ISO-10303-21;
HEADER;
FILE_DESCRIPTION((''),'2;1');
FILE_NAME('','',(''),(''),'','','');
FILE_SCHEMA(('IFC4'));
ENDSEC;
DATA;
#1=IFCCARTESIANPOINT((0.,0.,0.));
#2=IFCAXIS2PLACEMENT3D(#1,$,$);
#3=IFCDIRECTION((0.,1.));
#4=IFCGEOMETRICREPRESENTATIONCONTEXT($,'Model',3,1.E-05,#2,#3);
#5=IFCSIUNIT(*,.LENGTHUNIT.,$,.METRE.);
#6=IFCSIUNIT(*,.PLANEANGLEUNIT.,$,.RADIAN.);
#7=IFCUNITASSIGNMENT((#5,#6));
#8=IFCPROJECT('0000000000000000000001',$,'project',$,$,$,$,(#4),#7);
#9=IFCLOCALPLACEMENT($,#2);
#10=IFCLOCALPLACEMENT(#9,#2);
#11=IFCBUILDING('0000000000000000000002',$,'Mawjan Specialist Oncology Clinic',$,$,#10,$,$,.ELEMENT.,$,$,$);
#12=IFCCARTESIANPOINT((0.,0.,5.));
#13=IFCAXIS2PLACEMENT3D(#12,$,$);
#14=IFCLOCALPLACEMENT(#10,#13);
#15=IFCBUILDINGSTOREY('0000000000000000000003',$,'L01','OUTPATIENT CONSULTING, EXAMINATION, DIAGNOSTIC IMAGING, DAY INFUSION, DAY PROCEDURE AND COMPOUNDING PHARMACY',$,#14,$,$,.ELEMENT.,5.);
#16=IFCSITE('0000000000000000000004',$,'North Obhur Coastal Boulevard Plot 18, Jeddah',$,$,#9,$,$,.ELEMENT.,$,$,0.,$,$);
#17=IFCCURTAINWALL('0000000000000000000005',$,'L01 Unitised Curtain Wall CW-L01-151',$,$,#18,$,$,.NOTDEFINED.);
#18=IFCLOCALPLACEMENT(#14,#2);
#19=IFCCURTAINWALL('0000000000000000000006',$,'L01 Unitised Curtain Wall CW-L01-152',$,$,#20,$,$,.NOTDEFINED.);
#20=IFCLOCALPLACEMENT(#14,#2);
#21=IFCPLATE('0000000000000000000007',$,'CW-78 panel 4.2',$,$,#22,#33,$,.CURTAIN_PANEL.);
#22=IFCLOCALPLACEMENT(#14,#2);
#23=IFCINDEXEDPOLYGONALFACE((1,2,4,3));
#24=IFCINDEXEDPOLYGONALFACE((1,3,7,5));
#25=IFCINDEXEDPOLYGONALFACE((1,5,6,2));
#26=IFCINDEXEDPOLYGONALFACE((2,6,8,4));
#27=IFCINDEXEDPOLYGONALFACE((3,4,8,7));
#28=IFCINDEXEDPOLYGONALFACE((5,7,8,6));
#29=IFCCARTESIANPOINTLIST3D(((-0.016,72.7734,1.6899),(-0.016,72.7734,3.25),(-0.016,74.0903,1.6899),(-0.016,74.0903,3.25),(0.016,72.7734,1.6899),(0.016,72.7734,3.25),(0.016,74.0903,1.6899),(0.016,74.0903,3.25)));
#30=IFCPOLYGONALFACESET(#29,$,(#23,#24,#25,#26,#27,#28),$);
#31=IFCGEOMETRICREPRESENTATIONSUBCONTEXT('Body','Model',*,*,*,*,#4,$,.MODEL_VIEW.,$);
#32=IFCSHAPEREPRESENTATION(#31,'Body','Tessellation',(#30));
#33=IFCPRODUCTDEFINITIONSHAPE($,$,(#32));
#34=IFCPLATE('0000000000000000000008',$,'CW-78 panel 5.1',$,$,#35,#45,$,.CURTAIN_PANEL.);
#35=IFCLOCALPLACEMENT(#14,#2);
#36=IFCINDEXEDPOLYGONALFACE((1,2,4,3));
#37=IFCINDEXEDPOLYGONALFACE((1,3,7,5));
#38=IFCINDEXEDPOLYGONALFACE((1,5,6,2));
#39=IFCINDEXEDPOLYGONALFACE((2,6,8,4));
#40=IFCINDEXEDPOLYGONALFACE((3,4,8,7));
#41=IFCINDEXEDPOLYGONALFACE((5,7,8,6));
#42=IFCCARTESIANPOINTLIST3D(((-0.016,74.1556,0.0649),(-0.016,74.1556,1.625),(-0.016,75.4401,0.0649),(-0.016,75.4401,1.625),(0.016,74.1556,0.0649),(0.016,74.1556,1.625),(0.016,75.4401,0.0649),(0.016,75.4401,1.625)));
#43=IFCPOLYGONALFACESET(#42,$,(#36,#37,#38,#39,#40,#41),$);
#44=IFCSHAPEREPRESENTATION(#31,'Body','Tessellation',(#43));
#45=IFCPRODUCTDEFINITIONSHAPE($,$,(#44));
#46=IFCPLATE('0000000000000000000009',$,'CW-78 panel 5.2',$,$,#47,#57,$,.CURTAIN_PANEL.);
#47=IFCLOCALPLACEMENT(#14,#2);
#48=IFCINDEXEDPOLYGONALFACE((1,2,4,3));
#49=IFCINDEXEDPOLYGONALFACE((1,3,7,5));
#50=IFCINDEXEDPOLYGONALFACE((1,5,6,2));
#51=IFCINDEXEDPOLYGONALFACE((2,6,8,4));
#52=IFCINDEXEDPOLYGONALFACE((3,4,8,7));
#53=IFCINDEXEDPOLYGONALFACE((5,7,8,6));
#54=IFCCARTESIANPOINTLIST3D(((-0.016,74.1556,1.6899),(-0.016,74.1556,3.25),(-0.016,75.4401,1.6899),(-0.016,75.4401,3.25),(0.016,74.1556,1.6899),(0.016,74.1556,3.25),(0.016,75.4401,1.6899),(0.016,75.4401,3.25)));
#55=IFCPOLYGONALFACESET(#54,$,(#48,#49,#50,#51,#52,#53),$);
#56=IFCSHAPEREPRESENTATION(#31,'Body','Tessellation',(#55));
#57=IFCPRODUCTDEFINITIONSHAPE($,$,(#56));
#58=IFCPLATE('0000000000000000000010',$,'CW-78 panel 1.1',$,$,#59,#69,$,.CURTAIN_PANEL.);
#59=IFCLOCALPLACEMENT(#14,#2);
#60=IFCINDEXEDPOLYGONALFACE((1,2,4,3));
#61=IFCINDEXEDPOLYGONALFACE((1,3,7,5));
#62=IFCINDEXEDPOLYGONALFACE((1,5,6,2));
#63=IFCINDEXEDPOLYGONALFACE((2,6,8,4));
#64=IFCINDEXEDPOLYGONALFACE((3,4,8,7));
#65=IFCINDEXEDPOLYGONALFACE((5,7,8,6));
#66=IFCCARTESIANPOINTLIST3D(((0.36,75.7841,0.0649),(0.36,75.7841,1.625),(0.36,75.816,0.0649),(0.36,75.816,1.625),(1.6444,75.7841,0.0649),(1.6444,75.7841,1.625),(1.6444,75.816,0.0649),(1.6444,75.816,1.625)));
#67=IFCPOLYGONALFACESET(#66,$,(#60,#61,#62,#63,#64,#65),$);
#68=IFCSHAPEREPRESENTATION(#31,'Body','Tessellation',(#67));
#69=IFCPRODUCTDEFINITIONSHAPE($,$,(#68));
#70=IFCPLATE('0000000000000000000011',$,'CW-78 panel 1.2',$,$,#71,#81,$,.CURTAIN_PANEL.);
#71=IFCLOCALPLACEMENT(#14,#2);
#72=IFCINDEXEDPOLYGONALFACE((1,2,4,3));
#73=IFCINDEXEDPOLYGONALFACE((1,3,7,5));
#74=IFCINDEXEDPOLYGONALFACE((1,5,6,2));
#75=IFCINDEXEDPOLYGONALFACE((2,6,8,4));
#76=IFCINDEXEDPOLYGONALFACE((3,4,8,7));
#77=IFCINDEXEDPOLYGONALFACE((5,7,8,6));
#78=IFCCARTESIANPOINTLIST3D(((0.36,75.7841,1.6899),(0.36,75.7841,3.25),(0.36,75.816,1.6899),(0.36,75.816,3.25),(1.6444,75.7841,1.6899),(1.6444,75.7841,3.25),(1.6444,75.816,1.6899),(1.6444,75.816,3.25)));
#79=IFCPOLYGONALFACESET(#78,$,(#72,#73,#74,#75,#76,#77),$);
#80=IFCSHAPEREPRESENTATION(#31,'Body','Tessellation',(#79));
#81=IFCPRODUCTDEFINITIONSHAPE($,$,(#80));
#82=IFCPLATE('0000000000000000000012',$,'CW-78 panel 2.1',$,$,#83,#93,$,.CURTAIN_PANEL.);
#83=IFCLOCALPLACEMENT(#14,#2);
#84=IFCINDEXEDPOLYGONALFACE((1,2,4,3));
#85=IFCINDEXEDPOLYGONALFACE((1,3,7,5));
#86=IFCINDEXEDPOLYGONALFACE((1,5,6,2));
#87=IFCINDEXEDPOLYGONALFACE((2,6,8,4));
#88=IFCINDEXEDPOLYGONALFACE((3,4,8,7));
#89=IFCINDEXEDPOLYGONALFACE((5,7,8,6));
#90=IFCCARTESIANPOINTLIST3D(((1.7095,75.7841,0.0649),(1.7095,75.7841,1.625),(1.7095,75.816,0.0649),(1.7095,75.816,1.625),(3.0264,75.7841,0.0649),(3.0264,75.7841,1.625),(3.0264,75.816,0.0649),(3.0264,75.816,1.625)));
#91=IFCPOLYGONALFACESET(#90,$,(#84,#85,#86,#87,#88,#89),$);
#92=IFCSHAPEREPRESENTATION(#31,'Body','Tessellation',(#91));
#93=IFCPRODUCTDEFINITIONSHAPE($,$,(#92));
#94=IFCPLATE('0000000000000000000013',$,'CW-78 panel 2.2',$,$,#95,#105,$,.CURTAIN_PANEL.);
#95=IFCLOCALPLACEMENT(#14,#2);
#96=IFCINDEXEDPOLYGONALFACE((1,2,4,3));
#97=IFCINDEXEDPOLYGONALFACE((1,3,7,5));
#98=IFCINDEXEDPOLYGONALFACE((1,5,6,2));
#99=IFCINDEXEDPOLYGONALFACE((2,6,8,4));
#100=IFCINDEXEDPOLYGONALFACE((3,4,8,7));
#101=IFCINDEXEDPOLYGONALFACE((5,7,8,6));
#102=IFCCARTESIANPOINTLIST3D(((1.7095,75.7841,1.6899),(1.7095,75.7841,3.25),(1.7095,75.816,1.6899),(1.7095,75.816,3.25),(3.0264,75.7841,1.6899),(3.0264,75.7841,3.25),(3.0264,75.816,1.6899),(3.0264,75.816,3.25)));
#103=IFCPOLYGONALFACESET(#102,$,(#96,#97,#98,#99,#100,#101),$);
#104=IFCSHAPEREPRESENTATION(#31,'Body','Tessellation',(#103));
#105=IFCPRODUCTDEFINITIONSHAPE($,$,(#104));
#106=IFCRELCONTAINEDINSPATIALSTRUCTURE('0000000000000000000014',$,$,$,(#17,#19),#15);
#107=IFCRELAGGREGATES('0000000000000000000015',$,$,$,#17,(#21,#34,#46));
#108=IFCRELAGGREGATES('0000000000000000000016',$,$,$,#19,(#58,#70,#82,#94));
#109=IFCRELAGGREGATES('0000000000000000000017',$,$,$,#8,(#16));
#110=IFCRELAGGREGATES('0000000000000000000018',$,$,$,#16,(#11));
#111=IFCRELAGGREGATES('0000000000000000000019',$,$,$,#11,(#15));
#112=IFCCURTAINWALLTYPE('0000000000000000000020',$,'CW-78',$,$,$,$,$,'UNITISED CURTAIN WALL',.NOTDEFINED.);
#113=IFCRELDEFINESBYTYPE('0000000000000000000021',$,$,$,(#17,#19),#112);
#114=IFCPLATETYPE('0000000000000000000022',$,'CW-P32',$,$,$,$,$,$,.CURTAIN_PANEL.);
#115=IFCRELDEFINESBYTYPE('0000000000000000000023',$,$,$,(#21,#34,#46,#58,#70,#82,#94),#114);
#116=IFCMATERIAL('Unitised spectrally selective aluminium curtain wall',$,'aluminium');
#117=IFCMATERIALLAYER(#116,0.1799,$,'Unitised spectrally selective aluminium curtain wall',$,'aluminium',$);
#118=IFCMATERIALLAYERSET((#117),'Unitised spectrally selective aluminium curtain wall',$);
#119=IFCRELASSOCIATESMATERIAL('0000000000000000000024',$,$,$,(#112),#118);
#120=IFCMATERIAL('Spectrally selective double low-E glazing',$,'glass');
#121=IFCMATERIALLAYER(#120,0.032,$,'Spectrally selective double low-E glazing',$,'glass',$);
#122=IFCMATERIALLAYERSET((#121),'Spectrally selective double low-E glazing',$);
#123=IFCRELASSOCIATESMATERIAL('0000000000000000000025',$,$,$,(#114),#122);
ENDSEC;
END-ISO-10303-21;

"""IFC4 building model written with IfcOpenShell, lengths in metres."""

from ifc_helpers import new_model, si_unit, direction, frame, origin, origin_2d, place, context, subcontext, project, spatial, rectangle, extrude, material, layer, layer_set, type_object, element, aggregate, save


model = new_model("IFC4")

# Units and contexts
model_context = context("Model", 3, precision=1e-05, world=origin(), true_north=direction((0.0, 1.0)))
body_context = subcontext(model_context, "Body", "Model", "MODEL_VIEW")
ifc_project = project(units=[si_unit("LENGTHUNIT", "METRE"), si_unit("PLANEANGLEUNIT", "RADIAN")], contexts=[model_context])

# Site, building, storey
site_placement = place(None, origin())
site = spatial("IfcSite", under=ifc_project, at=site_placement, Name="North Obhur Coastal Boulevard Plot 18, Jeddah", CompositionType="ELEMENT", RefElevation=0.0)
building_placement = place(site_placement, origin())
building = spatial("IfcBuilding", under=site, at=building_placement, Name="Mawjan Specialist Oncology Clinic", CompositionType="ELEMENT")
storey_placement = place(building_placement, frame((0.0, 0.0, 5.0)))
storey = spatial("IfcBuildingStorey", under=building, at=storey_placement, Name="L01", Description="OUTPATIENT CONSULTING, EXAMINATION, DIAGNOSTIC IMAGING, DAY INFUSION, DAY PROCEDURE AND COMPOUNDING PHARMACY", CompositionType="ELEMENT", Elevation=5.0)

# Curtain walls
ifc_material_1 = material(Name="Unitised spectrally selective aluminium curtain wall", Category="aluminium")
ifc_layer_1 = layer(ifc_material_1, 0.1799, Name="Unitised spectrally selective aluminium curtain wall", Category="aluminium")
ifc_layer_set_1 = layer_set([ifc_layer_1], Name="Unitised spectrally selective aluminium curtain wall")
curtain_wall_type = type_object("IfcCurtainWallType", Name="CW-78", ElementType="UNITISED CURTAIN WALL", PredefinedType="NOTDEFINED", material=ifc_layer_set_1)
curtain_wall_1_placement = place(storey_placement, origin())
curtain_wall_1 = element("IfcCurtainWall", 1, at=curtain_wall_1_placement, inside=storey, type_object=curtain_wall_type, Name="L01 Unitised Curtain Wall CW-L01-151", PredefinedType="NOTDEFINED")
curtain_wall_2_placement = place(storey_placement, origin())
curtain_wall_2 = element("IfcCurtainWall", 2, at=curtain_wall_2_placement, inside=storey, type_object=curtain_wall_type, Name="L01 Unitised Curtain Wall CW-L01-152", PredefinedType="NOTDEFINED")

# Plates
ifc_material_2 = material(Name="Spectrally selective double low-E glazing", Category="glass")
ifc_layer_2 = layer(ifc_material_2, 0.032, Name="Spectrally selective double low-E glazing", Category="glass")
ifc_layer_set_2 = layer_set([ifc_layer_2], Name="Spectrally selective double low-E glazing")
plate_type = type_object("IfcPlateType", Name="CW-P32", PredefinedType="CURTAIN_PANEL", material=ifc_layer_set_2)
plate_1_placement = place(storey_placement, frame((0.0, 73.4319, 1.6899), z_axis=(0.0, 0.0, 1.0), x_axis=(0.0, 1.0, 0.0)))
plate_1 = element("IfcPlate", 3, at=plate_1_placement, type_object=plate_type, Name="CW-78 panel 4.2", PredefinedType="CURTAIN_PANEL", context=body_context, shape_type="SweptSolid", body=[
    extrude(rectangle(XDim=1.3169, YDim=0.032, at=origin_2d()), origin(), (0.0, 0.0, 1.0), 1.5601),
])
plate_2_placement = place(storey_placement, frame((0.0, 74.7979, 0.0649), z_axis=(0.0, 0.0, 1.0), x_axis=(0.0, 1.0, 0.0)))
plate_2 = element("IfcPlate", 4, at=plate_2_placement, type_object=plate_type, Name="CW-78 panel 5.1", PredefinedType="CURTAIN_PANEL", context=body_context, shape_type="SweptSolid", body=[
    extrude(rectangle(XDim=1.2844, YDim=0.032, at=origin_2d()), origin(), (0.0, 0.0, 1.0), 1.5601),
])
plate_3_placement = place(storey_placement, frame((0.0, 74.7979, 1.6899), z_axis=(0.0, 0.0, 1.0), x_axis=(0.0, 1.0, 0.0)))
plate_3 = element("IfcPlate", 5, at=plate_3_placement, type_object=plate_type, Name="CW-78 panel 5.2", PredefinedType="CURTAIN_PANEL", context=body_context, shape_type="SweptSolid", body=[
    extrude(rectangle(XDim=1.2844, YDim=0.032, at=origin_2d()), origin(), (0.0, 0.0, 1.0), 1.5601),
])
aggregate(curtain_wall_1, [plate_1, plate_2, plate_3])
plate_4_placement = place(storey_placement, frame((1.0022, 75.8, 0.0649), z_axis=(0.0, 0.0, 1.0), x_axis=(1.0, 0.0, 0.0)))
plate_4 = element("IfcPlate", 6, at=plate_4_placement, type_object=plate_type, Name="CW-78 panel 1.1", PredefinedType="CURTAIN_PANEL", context=body_context, shape_type="SweptSolid", body=[
    extrude(rectangle(XDim=1.2844, YDim=0.032, at=origin_2d()), origin(), (0.0, 0.0, 1.0), 1.5601),
])
plate_5_placement = place(storey_placement, frame((1.0022, 75.8, 1.6899), z_axis=(0.0, 0.0, 1.0), x_axis=(1.0, 0.0, 0.0)))
plate_5 = element("IfcPlate", 7, at=plate_5_placement, type_object=plate_type, Name="CW-78 panel 1.2", PredefinedType="CURTAIN_PANEL", context=body_context, shape_type="SweptSolid", body=[
    extrude(rectangle(XDim=1.2844, YDim=0.032, at=origin_2d()), origin(), (0.0, 0.0, 1.0), 1.5601),
])
plate_6_placement = place(storey_placement, frame((2.3679, 75.8, 0.0649), z_axis=(0.0, 0.0, 1.0), x_axis=(1.0, 0.0, 0.0)))
plate_6 = element("IfcPlate", 8, at=plate_6_placement, type_object=plate_type, Name="CW-78 panel 2.1", PredefinedType="CURTAIN_PANEL", context=body_context, shape_type="SweptSolid", body=[
    extrude(rectangle(XDim=1.3169, YDim=0.032, at=origin_2d()), origin(), (0.0, 0.0, 1.0), 1.5601),
])
plate_7_placement = place(storey_placement, frame((2.3679, 75.8, 1.6899), z_axis=(0.0, 0.0, 1.0), x_axis=(1.0, 0.0, 0.0)))
plate_7 = element("IfcPlate", 9, at=plate_7_placement, type_object=plate_type, Name="CW-78 panel 2.2", PredefinedType="CURTAIN_PANEL", context=body_context, shape_type="SweptSolid", body=[
    extrude(rectangle(XDim=1.3169, YDim=0.032, at=origin_2d()), origin(), (0.0, 0.0, 1.0), 1.5601),
])
aggregate(curtain_wall_2, [plate_4, plate_5, plate_6, plate_7])

save(model, "model.ifc")
